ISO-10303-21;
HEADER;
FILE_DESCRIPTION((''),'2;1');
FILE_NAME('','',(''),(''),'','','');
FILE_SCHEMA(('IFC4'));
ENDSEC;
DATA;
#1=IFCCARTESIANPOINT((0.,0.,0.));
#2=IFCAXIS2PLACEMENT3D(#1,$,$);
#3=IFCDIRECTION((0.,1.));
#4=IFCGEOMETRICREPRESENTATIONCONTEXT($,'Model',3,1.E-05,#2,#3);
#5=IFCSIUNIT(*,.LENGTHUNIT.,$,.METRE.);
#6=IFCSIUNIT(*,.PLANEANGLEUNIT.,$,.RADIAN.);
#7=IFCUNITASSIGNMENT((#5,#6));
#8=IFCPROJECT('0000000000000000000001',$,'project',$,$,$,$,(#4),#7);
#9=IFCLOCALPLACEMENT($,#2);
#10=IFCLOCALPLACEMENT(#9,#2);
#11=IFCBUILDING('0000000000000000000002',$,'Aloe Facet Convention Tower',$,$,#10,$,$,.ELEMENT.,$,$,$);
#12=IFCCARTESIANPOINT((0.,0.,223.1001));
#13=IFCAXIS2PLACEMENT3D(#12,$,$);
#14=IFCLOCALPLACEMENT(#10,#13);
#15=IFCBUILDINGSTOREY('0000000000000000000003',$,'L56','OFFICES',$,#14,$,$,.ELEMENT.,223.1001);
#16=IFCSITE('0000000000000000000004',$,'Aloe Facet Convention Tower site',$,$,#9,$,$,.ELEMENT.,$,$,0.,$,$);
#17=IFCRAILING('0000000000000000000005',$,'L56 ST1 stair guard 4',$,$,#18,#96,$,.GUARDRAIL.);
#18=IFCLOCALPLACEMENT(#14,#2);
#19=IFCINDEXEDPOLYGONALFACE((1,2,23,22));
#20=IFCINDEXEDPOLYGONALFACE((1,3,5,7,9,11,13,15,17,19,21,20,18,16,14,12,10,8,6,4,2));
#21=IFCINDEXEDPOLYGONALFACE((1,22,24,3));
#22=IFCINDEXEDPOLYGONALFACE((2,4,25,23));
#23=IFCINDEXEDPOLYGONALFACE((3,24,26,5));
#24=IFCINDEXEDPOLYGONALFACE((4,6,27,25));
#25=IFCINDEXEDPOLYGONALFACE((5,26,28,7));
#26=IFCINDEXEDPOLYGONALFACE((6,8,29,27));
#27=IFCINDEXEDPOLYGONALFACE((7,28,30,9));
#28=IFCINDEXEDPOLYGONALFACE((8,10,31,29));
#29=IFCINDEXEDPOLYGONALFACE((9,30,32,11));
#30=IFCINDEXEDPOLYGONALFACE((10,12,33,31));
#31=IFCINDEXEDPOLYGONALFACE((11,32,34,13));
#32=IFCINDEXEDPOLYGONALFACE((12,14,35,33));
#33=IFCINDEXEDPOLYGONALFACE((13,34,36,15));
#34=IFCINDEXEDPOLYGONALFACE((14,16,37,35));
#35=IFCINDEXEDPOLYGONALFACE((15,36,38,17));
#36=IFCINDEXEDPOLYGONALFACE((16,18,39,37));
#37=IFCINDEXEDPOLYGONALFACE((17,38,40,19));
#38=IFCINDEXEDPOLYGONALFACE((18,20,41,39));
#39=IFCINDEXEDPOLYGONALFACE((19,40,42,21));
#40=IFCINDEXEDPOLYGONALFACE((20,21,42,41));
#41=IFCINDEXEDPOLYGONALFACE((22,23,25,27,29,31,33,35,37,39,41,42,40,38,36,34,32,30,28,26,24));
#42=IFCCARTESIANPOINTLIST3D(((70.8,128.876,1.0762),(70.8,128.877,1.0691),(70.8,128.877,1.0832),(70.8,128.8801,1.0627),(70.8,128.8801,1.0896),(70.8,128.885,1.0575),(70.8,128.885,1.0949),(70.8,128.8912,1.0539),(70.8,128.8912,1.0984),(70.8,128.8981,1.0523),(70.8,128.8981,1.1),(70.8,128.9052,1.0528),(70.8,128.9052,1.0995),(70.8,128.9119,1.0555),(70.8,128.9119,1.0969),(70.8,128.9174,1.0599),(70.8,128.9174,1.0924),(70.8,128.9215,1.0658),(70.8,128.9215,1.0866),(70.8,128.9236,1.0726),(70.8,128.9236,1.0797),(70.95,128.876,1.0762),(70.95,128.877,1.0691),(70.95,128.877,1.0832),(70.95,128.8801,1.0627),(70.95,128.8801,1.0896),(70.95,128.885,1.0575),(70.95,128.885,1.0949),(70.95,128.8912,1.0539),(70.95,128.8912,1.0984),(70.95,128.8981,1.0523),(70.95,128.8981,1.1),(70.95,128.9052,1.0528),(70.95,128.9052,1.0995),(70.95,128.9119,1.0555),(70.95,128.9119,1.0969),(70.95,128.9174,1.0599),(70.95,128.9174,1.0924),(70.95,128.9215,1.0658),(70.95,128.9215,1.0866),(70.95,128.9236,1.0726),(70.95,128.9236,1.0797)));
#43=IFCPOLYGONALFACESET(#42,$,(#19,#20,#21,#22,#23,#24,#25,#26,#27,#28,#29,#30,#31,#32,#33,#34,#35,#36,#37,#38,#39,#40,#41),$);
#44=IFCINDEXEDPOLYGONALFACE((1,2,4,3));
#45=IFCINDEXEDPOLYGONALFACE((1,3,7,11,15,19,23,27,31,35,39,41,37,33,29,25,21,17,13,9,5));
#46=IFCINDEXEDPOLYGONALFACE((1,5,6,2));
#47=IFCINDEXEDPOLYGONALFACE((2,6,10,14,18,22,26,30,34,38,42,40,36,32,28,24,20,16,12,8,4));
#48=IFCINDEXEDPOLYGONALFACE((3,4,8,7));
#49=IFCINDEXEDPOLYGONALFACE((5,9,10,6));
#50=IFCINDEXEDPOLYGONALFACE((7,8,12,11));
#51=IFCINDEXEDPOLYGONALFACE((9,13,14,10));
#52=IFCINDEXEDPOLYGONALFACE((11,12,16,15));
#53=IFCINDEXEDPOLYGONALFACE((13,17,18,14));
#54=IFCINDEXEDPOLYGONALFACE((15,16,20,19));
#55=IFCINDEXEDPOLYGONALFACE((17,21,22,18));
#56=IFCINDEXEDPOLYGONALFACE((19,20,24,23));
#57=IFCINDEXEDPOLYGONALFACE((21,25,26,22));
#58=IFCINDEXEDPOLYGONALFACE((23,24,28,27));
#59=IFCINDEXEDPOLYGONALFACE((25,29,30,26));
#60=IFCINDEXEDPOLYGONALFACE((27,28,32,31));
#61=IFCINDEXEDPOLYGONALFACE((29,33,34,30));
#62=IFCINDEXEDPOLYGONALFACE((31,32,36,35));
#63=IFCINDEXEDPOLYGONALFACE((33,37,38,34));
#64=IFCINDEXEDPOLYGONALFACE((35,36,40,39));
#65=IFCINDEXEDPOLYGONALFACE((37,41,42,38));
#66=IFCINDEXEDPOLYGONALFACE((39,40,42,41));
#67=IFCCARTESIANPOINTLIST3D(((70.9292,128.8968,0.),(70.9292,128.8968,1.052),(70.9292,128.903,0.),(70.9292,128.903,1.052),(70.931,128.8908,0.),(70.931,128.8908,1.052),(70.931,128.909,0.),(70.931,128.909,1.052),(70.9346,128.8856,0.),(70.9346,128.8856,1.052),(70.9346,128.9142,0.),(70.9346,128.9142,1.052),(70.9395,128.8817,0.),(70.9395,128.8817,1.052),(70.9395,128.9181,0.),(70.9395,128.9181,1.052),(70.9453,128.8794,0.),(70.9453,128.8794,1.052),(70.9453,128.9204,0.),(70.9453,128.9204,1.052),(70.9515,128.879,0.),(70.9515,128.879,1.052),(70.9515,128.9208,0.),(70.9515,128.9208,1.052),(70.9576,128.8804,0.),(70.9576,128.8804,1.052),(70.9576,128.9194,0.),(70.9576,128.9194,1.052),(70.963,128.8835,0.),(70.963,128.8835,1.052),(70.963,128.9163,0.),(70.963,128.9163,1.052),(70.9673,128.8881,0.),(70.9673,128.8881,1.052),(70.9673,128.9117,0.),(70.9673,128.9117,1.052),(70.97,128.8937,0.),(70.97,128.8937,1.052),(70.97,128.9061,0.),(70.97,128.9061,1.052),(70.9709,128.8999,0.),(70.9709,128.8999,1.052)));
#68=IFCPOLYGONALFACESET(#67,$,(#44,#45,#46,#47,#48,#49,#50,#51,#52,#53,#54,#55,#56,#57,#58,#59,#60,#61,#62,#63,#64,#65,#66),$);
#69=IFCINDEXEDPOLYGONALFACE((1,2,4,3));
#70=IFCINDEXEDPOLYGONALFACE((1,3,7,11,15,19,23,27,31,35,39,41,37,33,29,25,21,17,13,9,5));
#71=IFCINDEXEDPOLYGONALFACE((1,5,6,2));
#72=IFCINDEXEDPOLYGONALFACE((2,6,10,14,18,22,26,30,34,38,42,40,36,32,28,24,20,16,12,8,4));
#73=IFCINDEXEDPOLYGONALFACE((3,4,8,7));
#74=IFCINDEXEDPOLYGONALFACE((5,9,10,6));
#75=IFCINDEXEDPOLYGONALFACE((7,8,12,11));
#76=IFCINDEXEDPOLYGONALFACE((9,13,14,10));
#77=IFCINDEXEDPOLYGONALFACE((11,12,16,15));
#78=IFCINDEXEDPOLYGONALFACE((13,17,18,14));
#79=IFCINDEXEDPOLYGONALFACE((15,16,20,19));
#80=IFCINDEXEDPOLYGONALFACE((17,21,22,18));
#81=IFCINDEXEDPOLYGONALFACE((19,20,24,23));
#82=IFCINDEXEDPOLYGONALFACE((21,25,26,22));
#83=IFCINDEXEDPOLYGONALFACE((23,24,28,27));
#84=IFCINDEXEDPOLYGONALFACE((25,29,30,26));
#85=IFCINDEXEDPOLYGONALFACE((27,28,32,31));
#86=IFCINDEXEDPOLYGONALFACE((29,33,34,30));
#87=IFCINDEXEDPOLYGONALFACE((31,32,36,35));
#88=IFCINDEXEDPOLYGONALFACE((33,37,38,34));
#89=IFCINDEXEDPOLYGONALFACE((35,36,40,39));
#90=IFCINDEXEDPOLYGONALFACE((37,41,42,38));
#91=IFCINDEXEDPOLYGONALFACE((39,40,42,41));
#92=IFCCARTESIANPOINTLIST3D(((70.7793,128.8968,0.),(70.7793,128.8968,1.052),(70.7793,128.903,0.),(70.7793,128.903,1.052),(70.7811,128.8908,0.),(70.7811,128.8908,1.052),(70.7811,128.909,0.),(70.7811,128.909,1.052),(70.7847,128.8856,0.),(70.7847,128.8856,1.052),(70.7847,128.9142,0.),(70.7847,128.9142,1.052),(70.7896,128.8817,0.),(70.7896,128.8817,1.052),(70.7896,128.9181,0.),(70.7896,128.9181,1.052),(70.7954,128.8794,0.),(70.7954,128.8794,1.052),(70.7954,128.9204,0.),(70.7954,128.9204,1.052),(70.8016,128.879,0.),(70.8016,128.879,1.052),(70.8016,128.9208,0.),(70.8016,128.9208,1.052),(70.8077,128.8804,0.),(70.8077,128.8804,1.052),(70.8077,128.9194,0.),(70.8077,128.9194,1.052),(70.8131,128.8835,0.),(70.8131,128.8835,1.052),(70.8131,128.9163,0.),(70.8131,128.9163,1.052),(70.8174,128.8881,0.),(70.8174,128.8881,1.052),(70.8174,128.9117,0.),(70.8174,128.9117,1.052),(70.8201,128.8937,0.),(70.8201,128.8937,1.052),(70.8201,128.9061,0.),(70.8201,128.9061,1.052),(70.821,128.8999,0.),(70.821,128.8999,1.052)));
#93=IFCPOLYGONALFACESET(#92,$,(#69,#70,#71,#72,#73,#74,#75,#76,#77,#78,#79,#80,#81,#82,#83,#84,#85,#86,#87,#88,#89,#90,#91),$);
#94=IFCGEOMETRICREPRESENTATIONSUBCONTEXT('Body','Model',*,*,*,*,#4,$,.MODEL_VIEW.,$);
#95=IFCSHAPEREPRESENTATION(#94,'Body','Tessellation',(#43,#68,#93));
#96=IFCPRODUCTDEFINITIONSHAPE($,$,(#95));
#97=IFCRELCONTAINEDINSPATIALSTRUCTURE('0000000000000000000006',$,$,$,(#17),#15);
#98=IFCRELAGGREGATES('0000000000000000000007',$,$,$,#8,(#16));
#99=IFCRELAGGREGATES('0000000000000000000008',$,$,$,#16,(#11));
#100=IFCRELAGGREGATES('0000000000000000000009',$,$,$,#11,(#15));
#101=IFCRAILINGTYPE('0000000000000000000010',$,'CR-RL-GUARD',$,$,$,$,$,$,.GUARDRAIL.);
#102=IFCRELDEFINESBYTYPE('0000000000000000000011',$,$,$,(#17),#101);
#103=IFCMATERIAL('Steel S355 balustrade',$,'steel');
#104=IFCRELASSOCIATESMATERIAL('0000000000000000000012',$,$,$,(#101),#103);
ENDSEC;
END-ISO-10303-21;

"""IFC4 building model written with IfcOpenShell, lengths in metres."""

from ifc_helpers import new_model, si_unit, direction, frame, origin, origin_2d, place, context, subcontext, project, spatial, circle, extrude, material, type_object, element, save


model = new_model("IFC4")

# Units and contexts
model_context = context("Model", 3, precision=1e-05, world=origin(), true_north=direction((0.0, 1.0)))
body_context = subcontext(model_context, "Body", "Model", "MODEL_VIEW")
ifc_project = project(units=[si_unit("LENGTHUNIT", "METRE"), si_unit("PLANEANGLEUNIT", "RADIAN")], contexts=[model_context])

# Site, building, storey
site_placement = place(None, origin())
site = spatial("IfcSite", under=ifc_project, at=site_placement, Name="Aloe Facet Convention Tower site", CompositionType="ELEMENT", RefElevation=0.0)
building_placement = place(site_placement, origin())
building = spatial("IfcBuilding", under=site, at=building_placement, Name="Aloe Facet Convention Tower", CompositionType="ELEMENT")
storey_placement = place(building_placement, frame((0.0, 0.0, 223.1001)))
storey = spatial("IfcBuildingStorey", under=building, at=storey_placement, Name="L56", Description="OFFICES", CompositionType="ELEMENT", Elevation=223.1001)

# Railing
ifc_material_1 = material(Name="Steel S355 balustrade", Category="steel")
railing_type_1 = type_object("IfcRailingType", Name="CR-RL-GUARD", PredefinedType="GUARDRAIL", material=ifc_material_1)
railing_1_placement = place(storey_placement, frame((70.95, 128.8999, 0.0)))
element("IfcRailing", 1, at=railing_1_placement, inside=storey, type_object=railing_type_1, Name="L56 ST1 stair guard 4", PredefinedType="GUARDRAIL", context=body_context, shape_type="SweptSolid", body=[
    extrude(circle(Radius=0.0239, at=origin_2d()), frame((0.0, 0.0, 1.0762), z_axis=(-1.0, 0.0, 0.0), x_axis=(0.0, -1.0, 0.0)), (0.0, 0.0, 1.0), 0.1499),
    extrude(circle(Radius=0.021, at=origin_2d()), origin(), (0.0, 0.0, 1.0), 1.052),
    extrude(circle(Radius=0.021, at=origin_2d()), frame((-0.1499, 0.0, 0.0)), (0.0, 0.0, 1.0), 1.052),
])

save(model, "model.ifc")
